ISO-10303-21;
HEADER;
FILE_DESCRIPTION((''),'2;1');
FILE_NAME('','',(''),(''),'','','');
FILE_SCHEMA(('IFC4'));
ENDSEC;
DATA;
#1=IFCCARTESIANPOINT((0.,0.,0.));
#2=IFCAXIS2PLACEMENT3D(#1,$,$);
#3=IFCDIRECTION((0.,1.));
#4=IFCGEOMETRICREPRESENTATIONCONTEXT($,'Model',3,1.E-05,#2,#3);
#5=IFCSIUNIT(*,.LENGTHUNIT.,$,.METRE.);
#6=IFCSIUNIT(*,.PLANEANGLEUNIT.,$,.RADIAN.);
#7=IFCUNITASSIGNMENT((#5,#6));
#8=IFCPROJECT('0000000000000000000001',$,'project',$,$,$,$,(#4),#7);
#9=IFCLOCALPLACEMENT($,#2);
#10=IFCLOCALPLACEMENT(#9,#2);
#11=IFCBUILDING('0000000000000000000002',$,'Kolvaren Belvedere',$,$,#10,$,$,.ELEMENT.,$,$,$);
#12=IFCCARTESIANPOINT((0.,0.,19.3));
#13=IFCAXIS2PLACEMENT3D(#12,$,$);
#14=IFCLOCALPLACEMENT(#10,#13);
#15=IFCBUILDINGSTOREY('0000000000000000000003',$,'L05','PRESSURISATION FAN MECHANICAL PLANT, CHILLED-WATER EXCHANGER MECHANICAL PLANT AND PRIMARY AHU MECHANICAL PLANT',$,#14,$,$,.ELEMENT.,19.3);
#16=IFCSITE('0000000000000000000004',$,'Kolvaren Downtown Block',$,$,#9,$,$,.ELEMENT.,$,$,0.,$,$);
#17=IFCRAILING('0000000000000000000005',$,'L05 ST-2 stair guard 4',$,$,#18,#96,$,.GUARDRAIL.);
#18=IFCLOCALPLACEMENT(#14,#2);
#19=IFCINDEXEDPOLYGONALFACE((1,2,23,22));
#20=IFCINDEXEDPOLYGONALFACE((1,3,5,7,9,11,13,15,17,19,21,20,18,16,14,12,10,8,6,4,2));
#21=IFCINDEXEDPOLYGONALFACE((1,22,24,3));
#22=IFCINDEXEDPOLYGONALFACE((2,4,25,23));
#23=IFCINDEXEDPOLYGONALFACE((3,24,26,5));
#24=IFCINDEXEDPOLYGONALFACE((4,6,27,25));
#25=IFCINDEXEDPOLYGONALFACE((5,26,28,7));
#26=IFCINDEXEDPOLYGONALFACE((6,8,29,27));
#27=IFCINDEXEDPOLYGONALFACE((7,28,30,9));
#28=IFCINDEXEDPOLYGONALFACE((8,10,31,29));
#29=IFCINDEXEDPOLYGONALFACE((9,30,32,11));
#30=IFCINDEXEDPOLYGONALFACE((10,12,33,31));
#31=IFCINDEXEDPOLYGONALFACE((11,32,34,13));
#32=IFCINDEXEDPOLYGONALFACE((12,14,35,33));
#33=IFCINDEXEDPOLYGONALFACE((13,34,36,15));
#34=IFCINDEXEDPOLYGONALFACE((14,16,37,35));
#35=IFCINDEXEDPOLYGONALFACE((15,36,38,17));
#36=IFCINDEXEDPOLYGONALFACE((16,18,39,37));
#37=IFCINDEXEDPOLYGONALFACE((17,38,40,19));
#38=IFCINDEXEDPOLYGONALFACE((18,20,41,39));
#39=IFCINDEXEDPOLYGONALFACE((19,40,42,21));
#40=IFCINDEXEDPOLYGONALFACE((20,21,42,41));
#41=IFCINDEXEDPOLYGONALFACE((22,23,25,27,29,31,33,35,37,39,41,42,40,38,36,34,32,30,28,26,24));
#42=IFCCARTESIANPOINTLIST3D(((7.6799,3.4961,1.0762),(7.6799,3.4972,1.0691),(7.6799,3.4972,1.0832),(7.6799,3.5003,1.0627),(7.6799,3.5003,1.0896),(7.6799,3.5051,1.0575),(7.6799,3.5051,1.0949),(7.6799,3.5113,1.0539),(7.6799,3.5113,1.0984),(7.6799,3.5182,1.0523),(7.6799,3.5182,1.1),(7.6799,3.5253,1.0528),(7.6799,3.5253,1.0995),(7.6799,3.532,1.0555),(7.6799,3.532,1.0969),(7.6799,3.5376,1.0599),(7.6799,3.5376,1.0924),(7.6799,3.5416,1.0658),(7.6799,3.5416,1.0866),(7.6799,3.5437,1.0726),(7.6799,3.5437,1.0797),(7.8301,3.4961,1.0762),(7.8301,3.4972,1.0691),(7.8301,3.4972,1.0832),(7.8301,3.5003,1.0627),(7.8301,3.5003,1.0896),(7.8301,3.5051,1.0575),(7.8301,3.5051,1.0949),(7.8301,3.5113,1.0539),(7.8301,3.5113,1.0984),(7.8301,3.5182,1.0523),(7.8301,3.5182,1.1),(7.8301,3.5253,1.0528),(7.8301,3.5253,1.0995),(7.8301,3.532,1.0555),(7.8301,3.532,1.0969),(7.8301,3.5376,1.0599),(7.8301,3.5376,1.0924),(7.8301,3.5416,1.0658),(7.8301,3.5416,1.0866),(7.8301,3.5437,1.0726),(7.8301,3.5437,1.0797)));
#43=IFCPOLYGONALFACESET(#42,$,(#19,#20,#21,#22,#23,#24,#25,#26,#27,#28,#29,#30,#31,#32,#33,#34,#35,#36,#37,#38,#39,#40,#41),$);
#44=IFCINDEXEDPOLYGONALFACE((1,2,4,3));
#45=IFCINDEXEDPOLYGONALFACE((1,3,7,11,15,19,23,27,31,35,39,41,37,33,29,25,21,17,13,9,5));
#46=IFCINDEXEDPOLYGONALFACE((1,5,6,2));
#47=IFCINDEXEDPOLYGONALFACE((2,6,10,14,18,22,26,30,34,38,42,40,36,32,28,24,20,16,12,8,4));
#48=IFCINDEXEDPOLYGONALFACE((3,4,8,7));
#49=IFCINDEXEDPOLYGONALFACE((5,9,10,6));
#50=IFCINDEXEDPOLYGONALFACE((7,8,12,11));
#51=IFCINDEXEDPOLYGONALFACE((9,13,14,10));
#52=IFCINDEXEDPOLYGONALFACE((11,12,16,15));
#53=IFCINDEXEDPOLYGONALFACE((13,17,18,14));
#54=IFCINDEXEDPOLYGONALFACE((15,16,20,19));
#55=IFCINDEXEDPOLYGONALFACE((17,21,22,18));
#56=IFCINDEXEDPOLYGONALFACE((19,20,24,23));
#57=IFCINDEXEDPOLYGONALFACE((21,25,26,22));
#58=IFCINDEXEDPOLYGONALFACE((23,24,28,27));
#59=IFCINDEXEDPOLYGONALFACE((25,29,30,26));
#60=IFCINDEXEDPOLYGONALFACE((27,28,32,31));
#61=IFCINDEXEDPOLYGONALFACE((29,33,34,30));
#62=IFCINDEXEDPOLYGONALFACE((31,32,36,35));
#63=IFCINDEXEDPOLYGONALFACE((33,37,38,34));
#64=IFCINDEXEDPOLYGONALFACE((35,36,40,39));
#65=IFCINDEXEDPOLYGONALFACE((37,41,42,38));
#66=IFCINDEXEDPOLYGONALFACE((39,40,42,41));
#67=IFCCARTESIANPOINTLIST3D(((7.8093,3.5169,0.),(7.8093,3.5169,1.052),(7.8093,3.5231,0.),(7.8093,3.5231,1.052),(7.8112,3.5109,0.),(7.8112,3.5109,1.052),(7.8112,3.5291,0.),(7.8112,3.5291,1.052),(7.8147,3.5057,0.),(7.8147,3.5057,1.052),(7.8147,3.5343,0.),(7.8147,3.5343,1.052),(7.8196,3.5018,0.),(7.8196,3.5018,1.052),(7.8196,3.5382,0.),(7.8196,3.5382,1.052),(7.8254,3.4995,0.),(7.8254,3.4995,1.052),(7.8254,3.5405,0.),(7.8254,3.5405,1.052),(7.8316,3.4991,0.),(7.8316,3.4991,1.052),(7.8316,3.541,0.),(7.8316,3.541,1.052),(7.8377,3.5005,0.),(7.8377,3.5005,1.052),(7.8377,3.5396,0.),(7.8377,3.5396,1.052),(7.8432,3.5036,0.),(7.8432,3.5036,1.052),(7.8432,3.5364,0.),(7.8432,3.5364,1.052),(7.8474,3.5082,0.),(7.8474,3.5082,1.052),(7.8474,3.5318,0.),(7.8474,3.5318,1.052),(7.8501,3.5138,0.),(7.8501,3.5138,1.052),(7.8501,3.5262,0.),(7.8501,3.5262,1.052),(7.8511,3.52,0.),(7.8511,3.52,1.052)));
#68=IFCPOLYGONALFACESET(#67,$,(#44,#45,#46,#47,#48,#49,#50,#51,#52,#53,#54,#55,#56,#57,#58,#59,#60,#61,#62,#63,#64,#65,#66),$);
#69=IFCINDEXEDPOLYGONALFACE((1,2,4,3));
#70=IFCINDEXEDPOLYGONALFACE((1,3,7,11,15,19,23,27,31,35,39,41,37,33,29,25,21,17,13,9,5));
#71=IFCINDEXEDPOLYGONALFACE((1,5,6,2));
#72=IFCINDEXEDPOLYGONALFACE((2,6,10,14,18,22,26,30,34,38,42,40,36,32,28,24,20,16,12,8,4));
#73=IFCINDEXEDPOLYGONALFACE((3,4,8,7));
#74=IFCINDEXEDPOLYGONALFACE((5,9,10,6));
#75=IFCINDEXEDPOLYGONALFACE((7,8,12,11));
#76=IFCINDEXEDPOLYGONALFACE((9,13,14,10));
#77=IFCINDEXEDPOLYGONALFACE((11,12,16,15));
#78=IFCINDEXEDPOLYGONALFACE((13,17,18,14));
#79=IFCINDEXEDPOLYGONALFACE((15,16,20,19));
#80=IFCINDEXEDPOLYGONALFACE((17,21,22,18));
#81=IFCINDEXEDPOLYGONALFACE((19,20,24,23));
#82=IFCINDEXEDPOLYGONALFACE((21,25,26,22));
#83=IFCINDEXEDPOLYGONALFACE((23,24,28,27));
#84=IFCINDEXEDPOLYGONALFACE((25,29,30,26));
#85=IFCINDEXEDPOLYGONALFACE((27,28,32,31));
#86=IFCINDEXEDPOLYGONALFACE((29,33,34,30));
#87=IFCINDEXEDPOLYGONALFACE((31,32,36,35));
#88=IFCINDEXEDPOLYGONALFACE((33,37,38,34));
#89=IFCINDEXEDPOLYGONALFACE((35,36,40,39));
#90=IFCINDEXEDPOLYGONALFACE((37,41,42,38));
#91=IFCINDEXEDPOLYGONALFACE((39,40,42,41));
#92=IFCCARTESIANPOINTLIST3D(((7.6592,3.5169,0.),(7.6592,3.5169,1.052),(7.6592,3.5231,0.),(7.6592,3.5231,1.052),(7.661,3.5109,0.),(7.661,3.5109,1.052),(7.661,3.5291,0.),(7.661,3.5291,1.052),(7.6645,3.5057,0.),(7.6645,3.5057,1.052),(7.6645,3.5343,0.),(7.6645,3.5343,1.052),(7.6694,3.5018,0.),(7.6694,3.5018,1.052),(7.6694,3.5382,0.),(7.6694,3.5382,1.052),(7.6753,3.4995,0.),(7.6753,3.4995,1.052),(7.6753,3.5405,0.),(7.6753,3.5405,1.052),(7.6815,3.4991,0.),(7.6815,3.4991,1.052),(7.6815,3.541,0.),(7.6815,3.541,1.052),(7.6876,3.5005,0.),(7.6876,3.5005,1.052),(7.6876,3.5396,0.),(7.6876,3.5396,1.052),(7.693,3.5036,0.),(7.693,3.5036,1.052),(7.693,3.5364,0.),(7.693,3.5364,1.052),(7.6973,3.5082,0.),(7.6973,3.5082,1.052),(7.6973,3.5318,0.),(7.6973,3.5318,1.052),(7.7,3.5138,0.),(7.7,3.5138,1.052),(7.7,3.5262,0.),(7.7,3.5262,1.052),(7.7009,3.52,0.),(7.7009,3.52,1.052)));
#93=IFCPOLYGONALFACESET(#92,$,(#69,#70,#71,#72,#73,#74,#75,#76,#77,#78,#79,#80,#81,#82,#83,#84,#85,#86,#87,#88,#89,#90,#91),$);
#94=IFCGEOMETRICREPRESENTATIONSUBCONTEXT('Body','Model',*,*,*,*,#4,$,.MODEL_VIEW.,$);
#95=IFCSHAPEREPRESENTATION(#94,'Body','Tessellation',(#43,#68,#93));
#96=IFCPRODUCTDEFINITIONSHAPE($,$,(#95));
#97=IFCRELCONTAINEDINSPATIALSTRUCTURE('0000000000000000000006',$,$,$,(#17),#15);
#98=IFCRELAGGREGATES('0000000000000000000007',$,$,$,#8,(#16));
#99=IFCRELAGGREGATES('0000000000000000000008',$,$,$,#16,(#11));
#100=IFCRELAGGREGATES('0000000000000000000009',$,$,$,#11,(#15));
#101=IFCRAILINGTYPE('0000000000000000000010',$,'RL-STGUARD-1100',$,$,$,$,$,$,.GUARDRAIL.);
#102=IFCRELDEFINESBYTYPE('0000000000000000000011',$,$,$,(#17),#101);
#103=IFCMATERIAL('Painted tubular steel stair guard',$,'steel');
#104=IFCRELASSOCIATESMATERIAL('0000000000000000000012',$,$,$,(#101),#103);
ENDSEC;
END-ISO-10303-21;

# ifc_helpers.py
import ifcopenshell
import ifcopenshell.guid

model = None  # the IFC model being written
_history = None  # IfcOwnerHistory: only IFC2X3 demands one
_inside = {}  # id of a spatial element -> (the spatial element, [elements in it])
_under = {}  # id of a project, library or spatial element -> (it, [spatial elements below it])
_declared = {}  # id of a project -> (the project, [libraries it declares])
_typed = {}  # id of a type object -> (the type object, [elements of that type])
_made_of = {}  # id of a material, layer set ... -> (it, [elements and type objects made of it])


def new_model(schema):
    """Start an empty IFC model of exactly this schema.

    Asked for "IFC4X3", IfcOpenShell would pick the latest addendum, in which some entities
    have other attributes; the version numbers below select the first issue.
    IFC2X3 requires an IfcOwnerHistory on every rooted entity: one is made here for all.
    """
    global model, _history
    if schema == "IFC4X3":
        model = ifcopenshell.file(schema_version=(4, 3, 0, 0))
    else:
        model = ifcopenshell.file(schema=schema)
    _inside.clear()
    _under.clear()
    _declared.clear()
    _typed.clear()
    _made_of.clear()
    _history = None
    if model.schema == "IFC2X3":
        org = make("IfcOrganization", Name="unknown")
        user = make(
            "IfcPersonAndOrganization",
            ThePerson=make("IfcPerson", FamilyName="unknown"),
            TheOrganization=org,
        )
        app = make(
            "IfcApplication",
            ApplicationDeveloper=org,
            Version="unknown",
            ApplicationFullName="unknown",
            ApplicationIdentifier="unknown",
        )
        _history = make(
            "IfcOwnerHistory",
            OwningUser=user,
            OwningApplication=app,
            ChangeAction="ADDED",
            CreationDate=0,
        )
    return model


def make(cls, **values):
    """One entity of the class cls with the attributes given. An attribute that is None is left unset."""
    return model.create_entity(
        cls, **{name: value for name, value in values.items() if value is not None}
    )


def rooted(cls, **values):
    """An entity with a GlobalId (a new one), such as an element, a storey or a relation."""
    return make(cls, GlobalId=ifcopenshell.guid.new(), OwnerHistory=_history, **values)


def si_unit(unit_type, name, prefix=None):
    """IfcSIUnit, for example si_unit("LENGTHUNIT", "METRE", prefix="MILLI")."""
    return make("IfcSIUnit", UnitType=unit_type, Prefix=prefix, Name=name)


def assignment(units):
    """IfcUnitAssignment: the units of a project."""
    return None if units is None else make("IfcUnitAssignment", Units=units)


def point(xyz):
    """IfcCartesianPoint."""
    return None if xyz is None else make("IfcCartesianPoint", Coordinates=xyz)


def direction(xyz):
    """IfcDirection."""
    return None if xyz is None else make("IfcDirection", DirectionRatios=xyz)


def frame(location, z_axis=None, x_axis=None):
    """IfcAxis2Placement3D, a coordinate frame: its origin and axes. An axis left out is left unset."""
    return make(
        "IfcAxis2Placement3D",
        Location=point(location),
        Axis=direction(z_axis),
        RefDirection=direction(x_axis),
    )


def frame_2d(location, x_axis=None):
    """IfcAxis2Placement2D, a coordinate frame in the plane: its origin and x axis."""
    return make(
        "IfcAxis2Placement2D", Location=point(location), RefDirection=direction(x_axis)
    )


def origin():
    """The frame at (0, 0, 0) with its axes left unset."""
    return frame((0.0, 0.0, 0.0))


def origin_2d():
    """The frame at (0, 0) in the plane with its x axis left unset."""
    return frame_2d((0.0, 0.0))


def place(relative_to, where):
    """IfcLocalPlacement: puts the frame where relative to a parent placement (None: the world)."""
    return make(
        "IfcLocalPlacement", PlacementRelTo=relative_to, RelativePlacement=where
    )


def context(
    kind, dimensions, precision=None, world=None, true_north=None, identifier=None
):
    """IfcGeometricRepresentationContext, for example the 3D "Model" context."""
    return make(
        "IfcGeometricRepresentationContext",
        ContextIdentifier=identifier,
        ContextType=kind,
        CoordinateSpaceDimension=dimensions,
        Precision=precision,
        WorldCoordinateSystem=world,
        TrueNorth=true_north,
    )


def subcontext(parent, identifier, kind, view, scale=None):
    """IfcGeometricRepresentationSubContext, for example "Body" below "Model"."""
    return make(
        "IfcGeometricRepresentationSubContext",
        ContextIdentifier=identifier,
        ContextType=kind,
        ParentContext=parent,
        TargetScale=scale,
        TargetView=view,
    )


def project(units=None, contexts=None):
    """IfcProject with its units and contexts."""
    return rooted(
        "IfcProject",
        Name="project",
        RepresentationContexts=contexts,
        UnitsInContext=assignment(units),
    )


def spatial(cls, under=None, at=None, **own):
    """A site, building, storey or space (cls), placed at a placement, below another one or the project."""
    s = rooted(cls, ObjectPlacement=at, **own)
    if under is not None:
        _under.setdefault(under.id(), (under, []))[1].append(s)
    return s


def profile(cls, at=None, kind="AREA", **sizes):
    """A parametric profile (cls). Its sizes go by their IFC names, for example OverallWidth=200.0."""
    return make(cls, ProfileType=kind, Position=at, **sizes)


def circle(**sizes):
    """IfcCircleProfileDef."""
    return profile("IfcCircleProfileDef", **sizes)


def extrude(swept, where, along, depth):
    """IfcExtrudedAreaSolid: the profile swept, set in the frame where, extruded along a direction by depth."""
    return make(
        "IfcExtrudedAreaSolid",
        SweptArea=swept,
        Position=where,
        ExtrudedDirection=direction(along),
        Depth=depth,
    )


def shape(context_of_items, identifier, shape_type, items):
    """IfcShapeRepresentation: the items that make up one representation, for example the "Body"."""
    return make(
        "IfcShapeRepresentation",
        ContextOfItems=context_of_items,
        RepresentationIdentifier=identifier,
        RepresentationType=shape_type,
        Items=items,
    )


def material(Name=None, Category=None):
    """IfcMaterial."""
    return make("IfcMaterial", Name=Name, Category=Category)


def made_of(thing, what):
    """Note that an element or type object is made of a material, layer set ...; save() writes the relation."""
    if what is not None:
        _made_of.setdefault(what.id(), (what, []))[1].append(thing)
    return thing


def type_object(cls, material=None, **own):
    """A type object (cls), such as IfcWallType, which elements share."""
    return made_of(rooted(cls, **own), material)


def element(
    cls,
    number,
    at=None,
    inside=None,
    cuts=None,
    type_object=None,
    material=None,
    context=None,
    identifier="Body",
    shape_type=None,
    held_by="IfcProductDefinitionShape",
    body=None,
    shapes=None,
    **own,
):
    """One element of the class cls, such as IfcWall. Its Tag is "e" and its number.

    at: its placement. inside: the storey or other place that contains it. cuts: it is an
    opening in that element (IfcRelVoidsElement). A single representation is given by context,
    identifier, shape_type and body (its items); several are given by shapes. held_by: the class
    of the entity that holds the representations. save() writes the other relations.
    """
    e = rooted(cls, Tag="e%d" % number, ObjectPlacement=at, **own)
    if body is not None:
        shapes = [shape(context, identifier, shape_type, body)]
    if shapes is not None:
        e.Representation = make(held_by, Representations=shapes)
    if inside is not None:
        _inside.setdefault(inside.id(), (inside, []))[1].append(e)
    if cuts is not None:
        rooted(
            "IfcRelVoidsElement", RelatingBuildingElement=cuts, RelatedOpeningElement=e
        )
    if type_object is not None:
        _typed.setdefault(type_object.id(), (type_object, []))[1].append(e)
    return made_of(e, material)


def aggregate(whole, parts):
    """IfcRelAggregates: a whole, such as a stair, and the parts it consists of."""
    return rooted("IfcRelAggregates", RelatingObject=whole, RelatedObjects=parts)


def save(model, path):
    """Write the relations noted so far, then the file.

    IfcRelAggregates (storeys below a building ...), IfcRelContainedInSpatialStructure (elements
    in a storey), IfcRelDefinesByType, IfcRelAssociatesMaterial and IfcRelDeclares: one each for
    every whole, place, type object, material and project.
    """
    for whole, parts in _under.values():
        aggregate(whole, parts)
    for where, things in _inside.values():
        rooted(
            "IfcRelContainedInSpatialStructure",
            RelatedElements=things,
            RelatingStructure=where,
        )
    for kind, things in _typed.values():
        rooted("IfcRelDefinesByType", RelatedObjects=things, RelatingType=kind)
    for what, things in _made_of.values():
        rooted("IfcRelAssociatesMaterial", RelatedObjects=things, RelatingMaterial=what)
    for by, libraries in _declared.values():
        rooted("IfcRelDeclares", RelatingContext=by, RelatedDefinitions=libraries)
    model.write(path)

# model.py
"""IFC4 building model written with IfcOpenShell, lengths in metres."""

from ifc_helpers import new_model, si_unit, direction, frame, origin, origin_2d, place, context, subcontext, project, spatial, circle, extrude, material, type_object, element, save


model = new_model("IFC4")

# Units and contexts
model_context = context("Model", 3, precision=1e-05, world=origin(), true_north=direction((0.0, 1.0)))
body_context = subcontext(model_context, "Body", "Model", "MODEL_VIEW")
ifc_project = project(units=[si_unit("LENGTHUNIT", "METRE"), si_unit("PLANEANGLEUNIT", "RADIAN")], contexts=[model_context])

# Site, building, storey
site_placement = place(None, origin())
site = spatial("IfcSite", under=ifc_project, at=site_placement, Name="Kolvaren Downtown Block", CompositionType="ELEMENT", RefElevation=0.0)
building_placement = place(site_placement, origin())
building = spatial("IfcBuilding", under=site, at=building_placement, Name="Kolvaren Belvedere", CompositionType="ELEMENT")
storey_placement = place(building_placement, frame((0.0, 0.0, 19.3)))
storey = spatial("IfcBuildingStorey", under=building, at=storey_placement, Name="L05", Description="PRESSURISATION FAN MECHANICAL PLANT, CHILLED-WATER EXCHANGER MECHANICAL PLANT AND PRIMARY AHU MECHANICAL PLANT", CompositionType="ELEMENT", Elevation=19.3)

# Railing
ifc_material_1 = material(Name="Painted tubular steel stair guard", Category="steel")
railing_type_1 = type_object("IfcRailingType", Name="RL-STGUARD-1100", PredefinedType="GUARDRAIL", material=ifc_material_1)
railing_1_placement = place(storey_placement, frame((7.8301, 3.52, 0.0)))
element("IfcRailing", 1, at=railing_1_placement, inside=storey, type_object=railing_type_1, Name="L05 ST-2 stair guard 4", PredefinedType="GUARDRAIL", context=body_context, shape_type="SweptSolid", body=[
    extrude(circle(Radius=0.0239, at=origin_2d()), frame((0.0, 0.0, 1.0762), z_axis=(-1.0, 0.0, 0.0), x_axis=(0.0, -1.0, 0.0)), (0.0, 0.0, 1.0), 0.1501),
    extrude(circle(Radius=0.021, at=origin_2d()), origin(), (0.0, 0.0, 1.0), 1.052),
    extrude(circle(Radius=0.021, at=origin_2d()), frame((-0.1501, 0.0, 0.0)), (0.0, 0.0, 1.0), 1.052),
])

save(model, "model.ifc")
